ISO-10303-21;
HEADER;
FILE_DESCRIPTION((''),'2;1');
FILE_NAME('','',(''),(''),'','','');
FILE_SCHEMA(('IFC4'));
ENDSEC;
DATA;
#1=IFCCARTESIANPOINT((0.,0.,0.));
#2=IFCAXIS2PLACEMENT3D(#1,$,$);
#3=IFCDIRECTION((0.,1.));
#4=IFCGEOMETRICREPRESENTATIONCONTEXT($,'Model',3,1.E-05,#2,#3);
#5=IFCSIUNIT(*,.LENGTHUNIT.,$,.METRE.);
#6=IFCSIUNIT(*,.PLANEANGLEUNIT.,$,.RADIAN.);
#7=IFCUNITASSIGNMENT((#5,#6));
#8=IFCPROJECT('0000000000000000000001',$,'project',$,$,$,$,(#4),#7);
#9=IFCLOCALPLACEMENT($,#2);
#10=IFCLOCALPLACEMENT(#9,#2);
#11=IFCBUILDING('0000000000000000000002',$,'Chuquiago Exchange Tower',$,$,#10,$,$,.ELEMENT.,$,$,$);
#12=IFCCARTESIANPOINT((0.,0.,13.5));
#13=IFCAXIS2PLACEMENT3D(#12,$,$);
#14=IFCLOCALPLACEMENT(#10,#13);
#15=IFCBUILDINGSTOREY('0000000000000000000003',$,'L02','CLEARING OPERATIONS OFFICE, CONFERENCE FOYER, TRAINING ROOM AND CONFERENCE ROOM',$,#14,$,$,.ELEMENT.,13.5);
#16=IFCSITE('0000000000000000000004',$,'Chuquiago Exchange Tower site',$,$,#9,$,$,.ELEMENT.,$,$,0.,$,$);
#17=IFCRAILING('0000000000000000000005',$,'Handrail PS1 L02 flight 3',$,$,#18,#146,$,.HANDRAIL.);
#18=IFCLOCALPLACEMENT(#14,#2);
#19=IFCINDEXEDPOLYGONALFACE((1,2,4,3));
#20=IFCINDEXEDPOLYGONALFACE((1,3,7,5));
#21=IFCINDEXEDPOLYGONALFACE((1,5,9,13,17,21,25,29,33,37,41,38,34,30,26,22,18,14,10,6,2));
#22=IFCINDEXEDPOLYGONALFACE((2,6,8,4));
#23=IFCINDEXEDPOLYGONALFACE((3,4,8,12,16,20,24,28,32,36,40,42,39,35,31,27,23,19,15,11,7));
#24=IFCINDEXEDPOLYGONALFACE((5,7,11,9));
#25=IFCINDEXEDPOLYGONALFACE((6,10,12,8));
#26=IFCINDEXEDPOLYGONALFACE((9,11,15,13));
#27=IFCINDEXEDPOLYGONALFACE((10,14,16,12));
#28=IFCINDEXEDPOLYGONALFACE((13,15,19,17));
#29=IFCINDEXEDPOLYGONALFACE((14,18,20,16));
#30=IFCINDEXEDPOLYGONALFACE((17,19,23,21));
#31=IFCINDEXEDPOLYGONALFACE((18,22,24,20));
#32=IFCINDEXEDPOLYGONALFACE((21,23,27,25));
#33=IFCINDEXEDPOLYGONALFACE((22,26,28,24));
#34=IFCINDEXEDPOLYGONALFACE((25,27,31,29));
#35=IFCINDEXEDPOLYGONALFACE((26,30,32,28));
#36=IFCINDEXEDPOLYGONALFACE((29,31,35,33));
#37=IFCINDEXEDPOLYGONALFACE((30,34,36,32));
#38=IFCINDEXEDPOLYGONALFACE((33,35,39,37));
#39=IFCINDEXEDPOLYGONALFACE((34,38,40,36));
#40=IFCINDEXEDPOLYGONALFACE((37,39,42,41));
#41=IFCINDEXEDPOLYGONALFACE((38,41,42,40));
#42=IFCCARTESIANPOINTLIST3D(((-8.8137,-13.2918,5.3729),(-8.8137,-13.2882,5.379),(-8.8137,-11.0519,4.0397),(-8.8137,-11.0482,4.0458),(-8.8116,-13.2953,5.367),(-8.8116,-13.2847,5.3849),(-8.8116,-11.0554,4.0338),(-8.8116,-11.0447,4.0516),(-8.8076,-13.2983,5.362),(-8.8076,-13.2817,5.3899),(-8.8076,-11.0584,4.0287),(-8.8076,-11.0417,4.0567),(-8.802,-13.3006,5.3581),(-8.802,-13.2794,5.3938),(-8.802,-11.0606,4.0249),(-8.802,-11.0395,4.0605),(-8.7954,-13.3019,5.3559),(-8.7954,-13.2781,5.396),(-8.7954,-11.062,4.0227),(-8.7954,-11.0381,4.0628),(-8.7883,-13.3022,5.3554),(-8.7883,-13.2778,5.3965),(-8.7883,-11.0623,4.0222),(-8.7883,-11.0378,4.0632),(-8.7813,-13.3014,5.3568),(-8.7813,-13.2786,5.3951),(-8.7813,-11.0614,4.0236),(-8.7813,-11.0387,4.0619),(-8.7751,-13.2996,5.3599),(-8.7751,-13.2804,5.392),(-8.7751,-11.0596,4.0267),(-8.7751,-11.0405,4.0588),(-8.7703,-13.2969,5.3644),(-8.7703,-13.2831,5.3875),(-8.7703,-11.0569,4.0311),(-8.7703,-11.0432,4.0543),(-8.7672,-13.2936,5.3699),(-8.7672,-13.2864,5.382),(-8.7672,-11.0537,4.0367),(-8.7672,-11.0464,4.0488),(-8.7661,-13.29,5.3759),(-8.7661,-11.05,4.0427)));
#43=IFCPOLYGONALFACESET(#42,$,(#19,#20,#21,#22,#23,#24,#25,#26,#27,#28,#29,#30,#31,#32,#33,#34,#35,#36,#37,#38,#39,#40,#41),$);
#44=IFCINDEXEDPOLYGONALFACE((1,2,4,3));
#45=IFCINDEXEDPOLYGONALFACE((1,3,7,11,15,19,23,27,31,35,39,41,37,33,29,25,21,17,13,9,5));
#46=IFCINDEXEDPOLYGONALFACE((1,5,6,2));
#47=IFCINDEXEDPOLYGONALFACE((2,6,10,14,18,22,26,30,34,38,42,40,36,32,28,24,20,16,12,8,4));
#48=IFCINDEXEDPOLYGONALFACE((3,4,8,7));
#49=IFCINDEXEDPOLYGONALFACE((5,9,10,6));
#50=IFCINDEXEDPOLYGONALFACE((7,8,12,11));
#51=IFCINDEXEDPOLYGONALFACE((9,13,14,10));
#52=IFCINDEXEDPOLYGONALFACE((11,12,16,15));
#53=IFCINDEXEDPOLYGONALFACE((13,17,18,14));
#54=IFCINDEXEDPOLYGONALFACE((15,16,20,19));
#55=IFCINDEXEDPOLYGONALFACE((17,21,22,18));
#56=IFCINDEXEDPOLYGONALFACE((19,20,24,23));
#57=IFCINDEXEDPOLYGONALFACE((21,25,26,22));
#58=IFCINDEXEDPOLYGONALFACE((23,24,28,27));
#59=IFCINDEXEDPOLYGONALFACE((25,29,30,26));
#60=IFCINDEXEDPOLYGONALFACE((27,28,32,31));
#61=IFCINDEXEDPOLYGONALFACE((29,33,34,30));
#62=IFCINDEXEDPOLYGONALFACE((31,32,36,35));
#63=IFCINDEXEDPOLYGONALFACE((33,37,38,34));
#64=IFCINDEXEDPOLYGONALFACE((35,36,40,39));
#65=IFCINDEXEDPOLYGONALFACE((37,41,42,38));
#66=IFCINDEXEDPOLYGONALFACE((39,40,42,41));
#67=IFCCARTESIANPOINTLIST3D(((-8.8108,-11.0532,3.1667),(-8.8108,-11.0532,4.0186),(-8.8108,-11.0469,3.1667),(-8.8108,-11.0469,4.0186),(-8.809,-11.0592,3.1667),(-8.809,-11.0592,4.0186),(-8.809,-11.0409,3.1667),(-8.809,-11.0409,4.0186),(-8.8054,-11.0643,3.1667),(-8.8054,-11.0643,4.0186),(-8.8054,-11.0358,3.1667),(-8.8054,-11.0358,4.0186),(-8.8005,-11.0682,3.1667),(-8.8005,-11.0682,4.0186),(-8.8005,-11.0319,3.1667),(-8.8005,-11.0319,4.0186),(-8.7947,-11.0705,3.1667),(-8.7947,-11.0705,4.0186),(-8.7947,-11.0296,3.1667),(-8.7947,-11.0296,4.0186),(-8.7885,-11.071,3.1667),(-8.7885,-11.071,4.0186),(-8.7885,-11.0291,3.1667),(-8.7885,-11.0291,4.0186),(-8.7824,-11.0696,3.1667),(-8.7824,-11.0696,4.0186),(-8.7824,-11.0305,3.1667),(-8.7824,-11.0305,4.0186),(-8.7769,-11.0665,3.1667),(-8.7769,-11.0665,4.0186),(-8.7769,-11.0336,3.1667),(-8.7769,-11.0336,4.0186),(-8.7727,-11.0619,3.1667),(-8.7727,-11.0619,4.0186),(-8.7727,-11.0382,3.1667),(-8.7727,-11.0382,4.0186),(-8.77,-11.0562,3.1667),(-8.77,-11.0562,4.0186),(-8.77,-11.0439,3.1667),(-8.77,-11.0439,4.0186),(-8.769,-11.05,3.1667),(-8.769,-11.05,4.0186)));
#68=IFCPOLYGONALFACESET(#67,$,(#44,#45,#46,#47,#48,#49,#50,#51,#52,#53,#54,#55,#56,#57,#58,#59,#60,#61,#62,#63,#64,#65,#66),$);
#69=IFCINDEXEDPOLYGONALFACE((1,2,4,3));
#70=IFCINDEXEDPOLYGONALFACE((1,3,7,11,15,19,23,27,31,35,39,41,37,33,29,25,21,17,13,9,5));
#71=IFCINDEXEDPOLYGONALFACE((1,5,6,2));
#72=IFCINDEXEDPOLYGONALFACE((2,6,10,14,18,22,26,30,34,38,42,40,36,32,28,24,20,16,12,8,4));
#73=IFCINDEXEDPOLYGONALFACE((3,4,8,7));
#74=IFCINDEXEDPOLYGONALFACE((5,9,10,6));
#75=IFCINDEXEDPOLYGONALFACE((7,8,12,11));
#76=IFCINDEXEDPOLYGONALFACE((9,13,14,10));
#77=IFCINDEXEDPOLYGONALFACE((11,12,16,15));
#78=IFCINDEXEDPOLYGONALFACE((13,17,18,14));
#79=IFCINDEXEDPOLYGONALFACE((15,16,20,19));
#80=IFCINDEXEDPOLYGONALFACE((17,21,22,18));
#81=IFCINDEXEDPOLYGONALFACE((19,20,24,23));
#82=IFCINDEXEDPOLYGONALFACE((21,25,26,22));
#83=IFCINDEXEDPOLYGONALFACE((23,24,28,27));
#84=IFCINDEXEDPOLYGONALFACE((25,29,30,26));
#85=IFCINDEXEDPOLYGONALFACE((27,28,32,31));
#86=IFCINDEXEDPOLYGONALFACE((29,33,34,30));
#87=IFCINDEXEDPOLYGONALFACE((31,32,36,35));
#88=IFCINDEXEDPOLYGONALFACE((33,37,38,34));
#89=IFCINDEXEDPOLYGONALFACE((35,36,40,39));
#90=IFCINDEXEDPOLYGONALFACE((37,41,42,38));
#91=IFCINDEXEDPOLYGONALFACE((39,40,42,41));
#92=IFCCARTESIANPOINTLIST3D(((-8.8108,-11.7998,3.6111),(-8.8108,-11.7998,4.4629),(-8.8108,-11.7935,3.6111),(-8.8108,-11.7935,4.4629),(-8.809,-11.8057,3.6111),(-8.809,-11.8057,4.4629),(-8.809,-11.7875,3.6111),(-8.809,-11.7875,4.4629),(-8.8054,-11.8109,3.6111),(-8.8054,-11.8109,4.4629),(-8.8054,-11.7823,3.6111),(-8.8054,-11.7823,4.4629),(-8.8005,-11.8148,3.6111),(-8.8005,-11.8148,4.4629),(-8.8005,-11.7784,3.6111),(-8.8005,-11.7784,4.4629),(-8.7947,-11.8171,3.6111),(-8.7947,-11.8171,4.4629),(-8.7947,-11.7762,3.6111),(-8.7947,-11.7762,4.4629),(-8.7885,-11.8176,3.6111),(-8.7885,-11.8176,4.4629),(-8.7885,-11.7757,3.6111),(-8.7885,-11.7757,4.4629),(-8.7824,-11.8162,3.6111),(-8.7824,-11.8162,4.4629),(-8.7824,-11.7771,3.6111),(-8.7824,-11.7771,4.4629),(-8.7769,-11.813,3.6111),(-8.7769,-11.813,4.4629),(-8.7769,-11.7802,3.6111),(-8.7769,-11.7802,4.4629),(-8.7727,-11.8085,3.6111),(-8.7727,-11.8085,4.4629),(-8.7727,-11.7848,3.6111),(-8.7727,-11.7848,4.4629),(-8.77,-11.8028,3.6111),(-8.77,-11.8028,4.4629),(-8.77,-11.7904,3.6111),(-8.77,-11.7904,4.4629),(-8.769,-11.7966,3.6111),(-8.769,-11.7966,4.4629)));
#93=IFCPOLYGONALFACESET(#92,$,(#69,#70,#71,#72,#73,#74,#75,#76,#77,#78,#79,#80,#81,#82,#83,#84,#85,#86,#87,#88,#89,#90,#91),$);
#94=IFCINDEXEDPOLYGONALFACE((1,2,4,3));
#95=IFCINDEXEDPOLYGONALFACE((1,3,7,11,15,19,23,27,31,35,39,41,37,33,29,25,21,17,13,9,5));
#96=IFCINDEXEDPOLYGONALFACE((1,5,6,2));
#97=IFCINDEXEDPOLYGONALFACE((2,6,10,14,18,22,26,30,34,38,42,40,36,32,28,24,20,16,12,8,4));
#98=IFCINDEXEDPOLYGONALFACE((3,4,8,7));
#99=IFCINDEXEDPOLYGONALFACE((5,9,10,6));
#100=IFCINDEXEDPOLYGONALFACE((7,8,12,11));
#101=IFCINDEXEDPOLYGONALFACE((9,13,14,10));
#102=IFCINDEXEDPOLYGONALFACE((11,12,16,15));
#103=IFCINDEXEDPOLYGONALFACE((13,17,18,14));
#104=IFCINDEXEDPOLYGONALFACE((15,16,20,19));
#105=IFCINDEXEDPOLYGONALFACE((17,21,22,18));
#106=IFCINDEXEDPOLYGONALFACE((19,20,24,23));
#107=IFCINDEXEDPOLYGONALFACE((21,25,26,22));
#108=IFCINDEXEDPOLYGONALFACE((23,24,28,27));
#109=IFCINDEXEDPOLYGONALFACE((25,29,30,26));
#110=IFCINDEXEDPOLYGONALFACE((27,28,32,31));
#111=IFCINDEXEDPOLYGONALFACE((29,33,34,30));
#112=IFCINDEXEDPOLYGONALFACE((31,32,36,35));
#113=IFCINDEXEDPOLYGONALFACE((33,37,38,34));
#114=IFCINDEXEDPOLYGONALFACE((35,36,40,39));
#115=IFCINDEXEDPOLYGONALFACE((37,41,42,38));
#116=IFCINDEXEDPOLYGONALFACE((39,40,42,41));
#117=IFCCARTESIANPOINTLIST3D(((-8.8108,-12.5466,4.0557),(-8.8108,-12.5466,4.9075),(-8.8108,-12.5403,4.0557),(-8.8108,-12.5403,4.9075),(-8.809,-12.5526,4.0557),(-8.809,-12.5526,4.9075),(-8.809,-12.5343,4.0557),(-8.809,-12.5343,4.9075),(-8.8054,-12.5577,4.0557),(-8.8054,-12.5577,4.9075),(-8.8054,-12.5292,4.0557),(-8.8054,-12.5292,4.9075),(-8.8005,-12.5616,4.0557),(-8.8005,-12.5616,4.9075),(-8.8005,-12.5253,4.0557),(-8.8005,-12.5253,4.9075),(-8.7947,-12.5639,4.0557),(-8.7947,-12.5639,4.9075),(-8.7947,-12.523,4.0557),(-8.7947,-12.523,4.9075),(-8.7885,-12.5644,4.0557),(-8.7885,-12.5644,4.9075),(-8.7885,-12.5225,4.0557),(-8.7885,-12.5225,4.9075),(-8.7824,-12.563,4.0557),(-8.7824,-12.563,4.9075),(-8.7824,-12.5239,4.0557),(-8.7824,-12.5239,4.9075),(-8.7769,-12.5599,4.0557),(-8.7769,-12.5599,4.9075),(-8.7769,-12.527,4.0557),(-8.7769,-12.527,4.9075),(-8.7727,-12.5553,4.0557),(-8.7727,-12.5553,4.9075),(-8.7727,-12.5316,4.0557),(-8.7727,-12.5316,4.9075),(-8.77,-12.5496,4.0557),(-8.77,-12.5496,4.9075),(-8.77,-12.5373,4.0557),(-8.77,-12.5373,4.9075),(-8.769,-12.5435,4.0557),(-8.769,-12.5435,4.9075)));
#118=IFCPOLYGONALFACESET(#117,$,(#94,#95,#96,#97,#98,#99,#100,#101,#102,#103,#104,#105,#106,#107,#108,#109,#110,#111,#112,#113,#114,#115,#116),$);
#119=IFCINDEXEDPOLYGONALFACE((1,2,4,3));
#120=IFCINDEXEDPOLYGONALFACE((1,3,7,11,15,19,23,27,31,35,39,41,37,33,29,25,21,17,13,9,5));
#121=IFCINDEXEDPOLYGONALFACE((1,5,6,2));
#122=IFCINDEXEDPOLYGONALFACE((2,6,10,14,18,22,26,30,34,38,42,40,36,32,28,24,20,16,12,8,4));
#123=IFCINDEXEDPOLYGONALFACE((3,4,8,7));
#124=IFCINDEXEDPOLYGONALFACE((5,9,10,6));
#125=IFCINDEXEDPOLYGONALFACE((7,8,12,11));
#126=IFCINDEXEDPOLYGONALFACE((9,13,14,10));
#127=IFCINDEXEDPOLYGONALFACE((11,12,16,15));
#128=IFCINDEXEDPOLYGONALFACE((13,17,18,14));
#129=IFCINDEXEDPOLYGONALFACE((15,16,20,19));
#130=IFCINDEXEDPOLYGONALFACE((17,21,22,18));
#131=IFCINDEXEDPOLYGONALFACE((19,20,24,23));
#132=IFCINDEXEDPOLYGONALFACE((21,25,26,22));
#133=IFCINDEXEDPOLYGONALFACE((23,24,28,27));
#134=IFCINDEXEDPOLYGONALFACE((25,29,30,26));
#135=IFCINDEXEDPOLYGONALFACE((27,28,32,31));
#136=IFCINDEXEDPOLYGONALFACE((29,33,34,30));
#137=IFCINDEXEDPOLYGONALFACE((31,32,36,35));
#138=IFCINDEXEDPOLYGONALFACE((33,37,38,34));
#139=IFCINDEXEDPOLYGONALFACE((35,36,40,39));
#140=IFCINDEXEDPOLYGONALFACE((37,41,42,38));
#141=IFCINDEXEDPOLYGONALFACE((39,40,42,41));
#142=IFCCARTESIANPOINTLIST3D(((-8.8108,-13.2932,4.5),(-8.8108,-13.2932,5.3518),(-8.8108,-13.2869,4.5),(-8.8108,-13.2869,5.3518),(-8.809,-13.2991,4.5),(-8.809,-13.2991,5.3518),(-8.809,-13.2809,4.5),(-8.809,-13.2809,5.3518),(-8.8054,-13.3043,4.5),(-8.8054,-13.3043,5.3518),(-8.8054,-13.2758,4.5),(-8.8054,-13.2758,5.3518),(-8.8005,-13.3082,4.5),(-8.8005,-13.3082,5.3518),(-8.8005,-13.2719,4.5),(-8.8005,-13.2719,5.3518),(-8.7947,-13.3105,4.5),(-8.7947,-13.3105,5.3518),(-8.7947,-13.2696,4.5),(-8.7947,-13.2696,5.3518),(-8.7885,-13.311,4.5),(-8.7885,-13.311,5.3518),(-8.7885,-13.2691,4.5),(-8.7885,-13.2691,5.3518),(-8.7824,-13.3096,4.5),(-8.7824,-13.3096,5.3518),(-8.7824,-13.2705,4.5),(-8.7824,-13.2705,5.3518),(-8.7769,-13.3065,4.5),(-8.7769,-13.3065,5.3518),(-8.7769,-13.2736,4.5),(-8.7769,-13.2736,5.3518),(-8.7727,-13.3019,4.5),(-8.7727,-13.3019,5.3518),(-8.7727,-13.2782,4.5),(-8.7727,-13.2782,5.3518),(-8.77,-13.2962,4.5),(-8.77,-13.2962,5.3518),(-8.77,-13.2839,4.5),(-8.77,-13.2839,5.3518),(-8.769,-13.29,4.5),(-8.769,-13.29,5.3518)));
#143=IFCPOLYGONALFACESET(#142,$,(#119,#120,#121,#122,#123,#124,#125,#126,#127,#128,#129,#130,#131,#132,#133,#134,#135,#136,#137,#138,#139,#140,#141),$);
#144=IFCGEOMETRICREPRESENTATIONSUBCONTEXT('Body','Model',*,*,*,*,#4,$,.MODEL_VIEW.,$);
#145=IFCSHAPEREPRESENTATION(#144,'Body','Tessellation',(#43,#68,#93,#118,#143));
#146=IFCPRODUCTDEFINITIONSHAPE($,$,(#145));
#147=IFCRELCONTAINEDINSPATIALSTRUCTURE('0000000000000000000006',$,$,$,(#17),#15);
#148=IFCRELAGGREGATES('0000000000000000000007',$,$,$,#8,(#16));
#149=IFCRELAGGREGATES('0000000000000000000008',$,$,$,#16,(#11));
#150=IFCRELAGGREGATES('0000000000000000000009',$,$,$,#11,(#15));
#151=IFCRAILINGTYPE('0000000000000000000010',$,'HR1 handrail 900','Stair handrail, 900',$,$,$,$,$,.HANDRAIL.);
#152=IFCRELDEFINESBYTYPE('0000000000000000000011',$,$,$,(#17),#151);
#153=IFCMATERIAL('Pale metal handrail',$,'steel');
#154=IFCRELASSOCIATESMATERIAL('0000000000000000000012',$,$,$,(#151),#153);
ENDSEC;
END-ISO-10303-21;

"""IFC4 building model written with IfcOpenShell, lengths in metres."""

from ifc_helpers import new_model, si_unit, direction, frame, origin, origin_2d, place, context, subcontext, project, spatial, circle, extrude, material, type_object, element, save


model = new_model("IFC4")

# Units and contexts
model_context = context("Model", 3, precision=1e-05, world=origin(), true_north=direction((0.0, 1.0)))
body_context = subcontext(model_context, "Body", "Model", "MODEL_VIEW")
ifc_project = project(units=[si_unit("LENGTHUNIT", "METRE"), si_unit("PLANEANGLEUNIT", "RADIAN")], contexts=[model_context])

# Site, building, storey
site_placement = place(None, origin())
site = spatial("IfcSite", under=ifc_project, at=site_placement, Name="Chuquiago Exchange Tower site", CompositionType="ELEMENT", RefElevation=0.0)
building_placement = place(site_placement, origin())
building = spatial("IfcBuilding", under=site, at=building_placement, Name="Chuquiago Exchange Tower", CompositionType="ELEMENT")
storey_placement = place(building_placement, frame((0.0, 0.0, 13.5)))
storey = spatial("IfcBuildingStorey", under=building, at=storey_placement, Name="L02", Description="CLEARING OPERATIONS OFFICE, CONFERENCE FOYER, TRAINING ROOM AND CONFERENCE ROOM", CompositionType="ELEMENT", Elevation=13.5)

# Railing
ifc_material_1 = material(Name="Pale metal handrail", Category="steel")
railing_type = type_object("IfcRailingType", Name="HR1 handrail 900", Description="Stair handrail, 900", PredefinedType="HANDRAIL", material=ifc_material_1)
railing_1_placement = place(storey_placement, frame((-8.79, -11.05, 3.1667)))
element("IfcRailing", 1, at=railing_1_placement, inside=storey, type_object=railing_type, Name="Handrail PS1 L02 flight 3", PredefinedType="HANDRAIL", context=body_context, shape_type="SweptSolid", body=[
    extrude(circle(Radius=0.0239, at=origin_2d()), frame((0.0, 0.0, 0.876), z_axis=(0.0, -0.859306, 0.511462), x_axis=(1.0, 0.0, 0.0)), (0.0, 0.0, 1.0), 2.6067),
    extrude(circle(Radius=0.021, at=origin_2d()), origin(), (0.0, 0.0, 1.0), 0.8518),
    extrude(circle(Radius=0.021, at=origin_2d()), frame((0.0, -0.7466, 0.4443)), (0.0, 0.0, 1.0), 0.8518),
    extrude(circle(Radius=0.021, at=origin_2d()), frame((0.0, -1.4934, 0.8889)), (0.0, 0.0, 1.0), 0.8518),
    extrude(circle(Radius=0.021, at=origin_2d()), frame((0.0, -2.24, 1.3333)), (0.0, 0.0, 1.0), 0.8518),
])

save(model, "model.ifc")
